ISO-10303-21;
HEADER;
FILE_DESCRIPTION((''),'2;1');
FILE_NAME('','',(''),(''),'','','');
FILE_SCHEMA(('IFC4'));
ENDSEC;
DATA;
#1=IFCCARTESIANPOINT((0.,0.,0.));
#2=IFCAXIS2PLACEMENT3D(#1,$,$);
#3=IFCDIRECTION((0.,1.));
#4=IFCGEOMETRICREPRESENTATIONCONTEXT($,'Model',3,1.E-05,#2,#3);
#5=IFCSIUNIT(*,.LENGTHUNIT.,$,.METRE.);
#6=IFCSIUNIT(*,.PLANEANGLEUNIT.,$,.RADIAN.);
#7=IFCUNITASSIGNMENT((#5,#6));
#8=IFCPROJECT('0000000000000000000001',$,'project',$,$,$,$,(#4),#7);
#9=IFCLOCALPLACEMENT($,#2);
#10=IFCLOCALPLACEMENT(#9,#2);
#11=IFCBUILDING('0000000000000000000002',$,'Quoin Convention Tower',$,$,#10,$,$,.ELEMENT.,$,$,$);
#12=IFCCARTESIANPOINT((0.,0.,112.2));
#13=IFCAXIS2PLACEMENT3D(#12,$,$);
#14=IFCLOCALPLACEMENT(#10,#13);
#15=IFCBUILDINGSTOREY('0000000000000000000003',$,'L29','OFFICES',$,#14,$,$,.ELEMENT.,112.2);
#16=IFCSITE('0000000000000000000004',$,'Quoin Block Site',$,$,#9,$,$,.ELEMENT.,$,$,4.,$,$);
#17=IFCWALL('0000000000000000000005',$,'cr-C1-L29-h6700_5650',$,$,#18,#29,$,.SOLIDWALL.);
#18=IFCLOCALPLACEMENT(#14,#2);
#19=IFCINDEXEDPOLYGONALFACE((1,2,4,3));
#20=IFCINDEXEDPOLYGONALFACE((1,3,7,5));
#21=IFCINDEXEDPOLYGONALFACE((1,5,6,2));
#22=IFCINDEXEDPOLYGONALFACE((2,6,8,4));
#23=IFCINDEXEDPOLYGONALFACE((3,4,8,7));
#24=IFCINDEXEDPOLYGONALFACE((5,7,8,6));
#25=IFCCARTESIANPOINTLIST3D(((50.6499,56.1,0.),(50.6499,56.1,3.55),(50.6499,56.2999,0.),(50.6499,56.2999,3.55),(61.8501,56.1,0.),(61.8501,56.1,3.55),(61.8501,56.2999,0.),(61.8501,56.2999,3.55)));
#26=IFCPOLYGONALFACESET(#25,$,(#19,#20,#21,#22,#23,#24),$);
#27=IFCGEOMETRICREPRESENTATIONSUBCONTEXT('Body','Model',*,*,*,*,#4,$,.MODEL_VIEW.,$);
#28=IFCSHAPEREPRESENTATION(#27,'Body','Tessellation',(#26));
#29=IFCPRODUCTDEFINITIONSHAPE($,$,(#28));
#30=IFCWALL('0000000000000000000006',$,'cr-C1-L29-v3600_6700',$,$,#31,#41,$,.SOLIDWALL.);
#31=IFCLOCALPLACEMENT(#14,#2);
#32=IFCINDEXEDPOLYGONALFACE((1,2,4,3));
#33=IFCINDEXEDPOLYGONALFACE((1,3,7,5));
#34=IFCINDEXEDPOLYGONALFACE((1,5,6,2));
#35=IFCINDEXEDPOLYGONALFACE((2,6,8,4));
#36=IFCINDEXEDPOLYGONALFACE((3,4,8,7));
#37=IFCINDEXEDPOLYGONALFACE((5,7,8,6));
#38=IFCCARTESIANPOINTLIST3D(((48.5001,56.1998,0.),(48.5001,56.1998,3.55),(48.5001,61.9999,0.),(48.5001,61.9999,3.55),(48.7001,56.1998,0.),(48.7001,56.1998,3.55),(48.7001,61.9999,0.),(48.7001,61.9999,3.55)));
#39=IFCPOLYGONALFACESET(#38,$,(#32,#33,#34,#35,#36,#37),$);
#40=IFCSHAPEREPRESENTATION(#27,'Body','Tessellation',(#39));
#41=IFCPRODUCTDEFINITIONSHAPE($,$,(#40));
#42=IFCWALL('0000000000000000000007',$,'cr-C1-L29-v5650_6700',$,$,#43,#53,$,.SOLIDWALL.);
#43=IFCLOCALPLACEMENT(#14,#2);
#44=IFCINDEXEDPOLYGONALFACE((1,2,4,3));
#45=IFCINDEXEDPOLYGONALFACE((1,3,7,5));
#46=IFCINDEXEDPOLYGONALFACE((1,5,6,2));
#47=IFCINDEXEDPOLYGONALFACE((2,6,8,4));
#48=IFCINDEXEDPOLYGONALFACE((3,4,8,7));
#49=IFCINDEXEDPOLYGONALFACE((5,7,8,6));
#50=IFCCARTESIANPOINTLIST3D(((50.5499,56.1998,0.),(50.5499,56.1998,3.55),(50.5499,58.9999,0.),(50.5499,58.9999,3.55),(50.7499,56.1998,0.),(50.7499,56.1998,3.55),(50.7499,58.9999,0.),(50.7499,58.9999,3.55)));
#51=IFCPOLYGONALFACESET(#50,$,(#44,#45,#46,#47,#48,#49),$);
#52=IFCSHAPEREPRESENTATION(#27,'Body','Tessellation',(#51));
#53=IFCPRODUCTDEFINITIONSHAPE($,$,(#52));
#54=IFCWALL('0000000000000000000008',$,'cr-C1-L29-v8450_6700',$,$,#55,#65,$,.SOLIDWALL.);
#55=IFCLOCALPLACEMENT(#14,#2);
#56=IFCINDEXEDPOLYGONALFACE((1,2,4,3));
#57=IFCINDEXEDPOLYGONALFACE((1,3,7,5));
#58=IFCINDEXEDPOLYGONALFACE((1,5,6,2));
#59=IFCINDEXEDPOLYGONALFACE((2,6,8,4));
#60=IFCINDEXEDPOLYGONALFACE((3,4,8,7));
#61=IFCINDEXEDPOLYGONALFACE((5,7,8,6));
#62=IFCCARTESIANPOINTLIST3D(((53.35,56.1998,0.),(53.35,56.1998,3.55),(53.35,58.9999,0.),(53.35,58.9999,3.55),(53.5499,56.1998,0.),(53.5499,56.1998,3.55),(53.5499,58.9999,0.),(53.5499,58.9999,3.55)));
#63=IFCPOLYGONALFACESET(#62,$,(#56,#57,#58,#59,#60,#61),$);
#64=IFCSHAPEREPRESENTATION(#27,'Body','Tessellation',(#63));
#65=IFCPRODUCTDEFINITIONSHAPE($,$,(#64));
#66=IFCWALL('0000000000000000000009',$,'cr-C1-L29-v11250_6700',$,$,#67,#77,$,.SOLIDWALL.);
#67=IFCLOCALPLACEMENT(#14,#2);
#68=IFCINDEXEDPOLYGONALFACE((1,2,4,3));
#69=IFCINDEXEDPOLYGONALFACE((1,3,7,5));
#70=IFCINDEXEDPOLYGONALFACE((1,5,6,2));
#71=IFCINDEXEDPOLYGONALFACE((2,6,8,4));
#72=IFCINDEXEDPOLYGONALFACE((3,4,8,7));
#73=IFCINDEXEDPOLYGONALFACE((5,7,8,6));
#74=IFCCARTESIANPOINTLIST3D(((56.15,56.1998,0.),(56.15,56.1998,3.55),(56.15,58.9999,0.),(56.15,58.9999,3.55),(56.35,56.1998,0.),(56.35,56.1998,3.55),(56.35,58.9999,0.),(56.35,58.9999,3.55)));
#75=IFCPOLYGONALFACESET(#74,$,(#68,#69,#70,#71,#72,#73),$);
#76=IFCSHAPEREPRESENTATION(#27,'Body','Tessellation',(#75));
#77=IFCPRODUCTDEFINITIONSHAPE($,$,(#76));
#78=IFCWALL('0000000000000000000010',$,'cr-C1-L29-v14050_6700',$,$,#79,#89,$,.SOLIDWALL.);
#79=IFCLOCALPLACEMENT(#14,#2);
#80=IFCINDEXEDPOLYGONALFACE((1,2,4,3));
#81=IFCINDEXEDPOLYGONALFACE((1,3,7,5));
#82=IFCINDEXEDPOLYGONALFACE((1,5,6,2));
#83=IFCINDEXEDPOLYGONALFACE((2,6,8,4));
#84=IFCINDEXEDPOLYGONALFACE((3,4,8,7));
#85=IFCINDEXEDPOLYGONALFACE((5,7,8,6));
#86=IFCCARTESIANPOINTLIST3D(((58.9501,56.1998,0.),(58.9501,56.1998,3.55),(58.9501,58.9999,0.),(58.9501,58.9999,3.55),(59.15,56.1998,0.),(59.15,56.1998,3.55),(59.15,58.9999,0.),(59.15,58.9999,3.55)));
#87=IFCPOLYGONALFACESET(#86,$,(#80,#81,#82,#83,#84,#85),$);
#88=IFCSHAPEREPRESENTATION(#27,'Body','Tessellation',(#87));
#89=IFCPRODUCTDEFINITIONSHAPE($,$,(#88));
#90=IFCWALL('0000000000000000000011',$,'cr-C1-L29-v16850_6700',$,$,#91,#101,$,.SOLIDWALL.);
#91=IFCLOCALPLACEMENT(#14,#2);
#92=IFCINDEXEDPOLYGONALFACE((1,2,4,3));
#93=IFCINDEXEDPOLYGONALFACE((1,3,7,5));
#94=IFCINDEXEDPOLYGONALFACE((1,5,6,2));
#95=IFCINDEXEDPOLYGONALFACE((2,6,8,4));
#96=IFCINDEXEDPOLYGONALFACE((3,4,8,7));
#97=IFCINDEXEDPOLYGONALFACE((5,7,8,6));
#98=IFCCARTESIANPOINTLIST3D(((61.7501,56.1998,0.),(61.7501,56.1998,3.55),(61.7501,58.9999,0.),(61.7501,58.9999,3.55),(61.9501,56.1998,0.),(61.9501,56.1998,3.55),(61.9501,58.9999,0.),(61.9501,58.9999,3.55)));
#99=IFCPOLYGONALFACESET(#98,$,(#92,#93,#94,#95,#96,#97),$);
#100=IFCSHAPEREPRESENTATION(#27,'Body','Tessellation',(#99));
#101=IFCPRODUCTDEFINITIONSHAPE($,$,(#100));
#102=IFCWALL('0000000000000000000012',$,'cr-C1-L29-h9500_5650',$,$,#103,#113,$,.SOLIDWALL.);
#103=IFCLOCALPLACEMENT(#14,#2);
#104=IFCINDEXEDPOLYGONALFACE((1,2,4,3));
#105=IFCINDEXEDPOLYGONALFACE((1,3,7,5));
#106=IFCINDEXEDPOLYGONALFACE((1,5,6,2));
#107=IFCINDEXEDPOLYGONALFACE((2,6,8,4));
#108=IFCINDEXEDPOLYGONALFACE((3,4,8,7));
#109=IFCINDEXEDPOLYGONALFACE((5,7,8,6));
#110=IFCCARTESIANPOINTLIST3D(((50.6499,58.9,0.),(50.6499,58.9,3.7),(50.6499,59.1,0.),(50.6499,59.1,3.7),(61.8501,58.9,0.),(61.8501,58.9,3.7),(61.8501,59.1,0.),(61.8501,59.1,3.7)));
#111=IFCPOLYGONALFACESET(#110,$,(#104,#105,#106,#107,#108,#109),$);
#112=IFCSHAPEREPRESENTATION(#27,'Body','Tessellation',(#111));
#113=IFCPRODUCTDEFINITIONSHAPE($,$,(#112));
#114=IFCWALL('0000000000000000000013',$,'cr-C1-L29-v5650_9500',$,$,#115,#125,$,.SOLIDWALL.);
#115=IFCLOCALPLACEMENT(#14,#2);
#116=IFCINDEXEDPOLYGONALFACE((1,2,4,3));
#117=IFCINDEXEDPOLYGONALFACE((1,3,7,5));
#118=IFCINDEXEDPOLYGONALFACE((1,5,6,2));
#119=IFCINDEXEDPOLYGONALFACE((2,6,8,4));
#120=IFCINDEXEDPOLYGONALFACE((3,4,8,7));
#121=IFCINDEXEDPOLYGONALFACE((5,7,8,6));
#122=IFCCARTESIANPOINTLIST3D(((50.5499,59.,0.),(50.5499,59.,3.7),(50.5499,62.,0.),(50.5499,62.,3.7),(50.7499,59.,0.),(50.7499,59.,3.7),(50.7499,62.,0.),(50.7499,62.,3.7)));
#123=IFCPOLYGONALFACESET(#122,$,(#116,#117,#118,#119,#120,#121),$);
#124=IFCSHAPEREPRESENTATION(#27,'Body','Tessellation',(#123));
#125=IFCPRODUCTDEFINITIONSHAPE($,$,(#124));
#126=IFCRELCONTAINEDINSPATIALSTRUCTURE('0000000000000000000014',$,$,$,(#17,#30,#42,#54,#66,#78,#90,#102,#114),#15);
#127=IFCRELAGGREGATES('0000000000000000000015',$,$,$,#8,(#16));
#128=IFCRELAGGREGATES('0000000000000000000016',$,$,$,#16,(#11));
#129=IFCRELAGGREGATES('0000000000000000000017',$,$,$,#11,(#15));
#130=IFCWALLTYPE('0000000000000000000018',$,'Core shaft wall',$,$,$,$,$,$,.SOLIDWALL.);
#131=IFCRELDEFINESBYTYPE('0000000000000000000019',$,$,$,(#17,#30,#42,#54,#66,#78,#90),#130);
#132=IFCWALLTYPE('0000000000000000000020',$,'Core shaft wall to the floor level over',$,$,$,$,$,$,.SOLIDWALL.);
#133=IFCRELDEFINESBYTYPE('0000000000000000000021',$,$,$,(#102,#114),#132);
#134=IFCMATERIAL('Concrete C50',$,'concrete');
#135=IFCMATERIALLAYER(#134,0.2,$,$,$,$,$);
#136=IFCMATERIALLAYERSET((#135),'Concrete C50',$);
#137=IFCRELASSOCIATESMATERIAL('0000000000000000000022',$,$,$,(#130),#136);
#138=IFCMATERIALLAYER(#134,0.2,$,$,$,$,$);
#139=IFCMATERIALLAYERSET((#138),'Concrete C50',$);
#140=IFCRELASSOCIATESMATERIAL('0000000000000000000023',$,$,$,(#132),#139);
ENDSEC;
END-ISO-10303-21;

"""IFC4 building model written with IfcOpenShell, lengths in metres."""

from ifc_helpers import new_model, si_unit, direction, frame, frame_2d, origin, place, context, subcontext, project, spatial, rectangle, extrude, material, layer, layer_set, type_object, element, save


model = new_model("IFC4")

# Units and contexts
model_context = context("Model", 3, precision=1e-05, world=origin(), true_north=direction((0.0, 1.0)))
body_context = subcontext(model_context, "Body", "Model", "MODEL_VIEW")
ifc_project = project(units=[si_unit("LENGTHUNIT", "METRE"), si_unit("PLANEANGLEUNIT", "RADIAN")], contexts=[model_context])

# Site, building, storey
site_placement = place(None, origin())
site = spatial("IfcSite", under=ifc_project, at=site_placement, Name="Quoin Block Site", CompositionType="ELEMENT", RefElevation=4.0)
building_placement = place(site_placement, origin())
building = spatial("IfcBuilding", under=site, at=building_placement, Name="Quoin Convention Tower", CompositionType="ELEMENT")
storey_placement = place(building_placement, frame((0.0, 0.0, 112.2)))
storey = spatial("IfcBuildingStorey", under=building, at=storey_placement, Name="L29", Description="OFFICES", CompositionType="ELEMENT", Elevation=112.2)

# Shared definitions
ifc_material_1 = material(Name="Concrete C50", Category="concrete")
ifc_layer_1 = layer(ifc_material_1, 0.2)
ifc_layer_set_1 = layer_set([ifc_layer_1], Name="Concrete C50")
wall_type_1 = type_object("IfcWallType", Name="Core shaft wall", PredefinedType="SOLIDWALL", material=ifc_layer_set_1)

# Walls
wall_1_placement = place(storey_placement, frame((50.6499, 56.2, 0.0), z_axis=(0.0, 0.0, 1.0), x_axis=(1.0, 0.0, 0.0)))
element("IfcWall", 1, at=wall_1_placement, inside=storey, type_object=wall_type_1, Name="cr-C1-L29-h6700_5650", PredefinedType="SOLIDWALL", context=body_context, shape_type="SweptSolid", body=[
    extrude(rectangle(XDim=11.2002, YDim=0.2, at=frame_2d((5.6001, 0.0))), origin(), (0.0, 0.0, 1.0), 3.55),
])
wall_2_placement = place(storey_placement, frame((48.6001, 56.2, 0.0), z_axis=(0.0, 0.0, 1.0), x_axis=(0.0, 1.0, 0.0)))
element("IfcWall", 2, at=wall_2_placement, inside=storey, type_object=wall_type_1, Name="cr-C1-L29-v3600_6700", PredefinedType="SOLIDWALL", context=body_context, shape_type="SweptSolid", body=[
    extrude(rectangle(XDim=5.8, YDim=0.2, at=frame_2d((2.8999, 0.0))), origin(), (0.0, 0.0, 1.0), 3.55),
])
for number, where, z_axis, x_axis, name in (
    (3, (50.6499, 56.2, 0.0), (0.0, 0.0, 1.0), (0.0, 1.0, 0.0), "cr-C1-L29-v5650_6700"),
    (4, (53.45, 56.2, 0.0), (0.0, 0.0, 1.0), (0.0, 1.0, 0.0), "cr-C1-L29-v8450_6700"),
    (5, (56.25, 56.2, 0.0), (0.0, 0.0, 1.0), (0.0, 1.0, 0.0), "cr-C1-L29-v11250_6700"),
    (6, (59.05, 56.2, 0.0), (0.0, 0.0, 1.0), (0.0, 1.0, 0.0), "cr-C1-L29-v14050_6700"),
    (7, (61.8501, 56.2, 0.0), (0.0, 0.0, 1.0), (0.0, 1.0, 0.0), "cr-C1-L29-v16850_6700"),
):
    element("IfcWall", number, at=place(storey_placement, frame(where, z_axis=z_axis, x_axis=x_axis)), inside=storey, type_object=wall_type_1, Name=name, PredefinedType="SOLIDWALL", context=body_context, shape_type="SweptSolid", body=[
        extrude(rectangle(XDim=2.8, YDim=0.2, at=frame_2d((1.3999, 0.0))), origin(), (0.0, 0.0, 1.0), 3.55),
    ])
ifc_layer_2 = layer(ifc_material_1, 0.2)
ifc_layer_set_2 = layer_set([ifc_layer_2], Name="Concrete C50")
wall_type_2 = type_object("IfcWallType", Name="Core shaft wall to the floor level over", PredefinedType="SOLIDWALL", material=ifc_layer_set_2)
wall_3_placement = place(storey_placement, frame((50.6499, 59.0, 0.0), z_axis=(0.0, 0.0, 1.0), x_axis=(1.0, 0.0, 0.0)))
element("IfcWall", 8, at=wall_3_placement, inside=storey, type_object=wall_type_2, Name="cr-C1-L29-h9500_5650", PredefinedType="SOLIDWALL", context=body_context, shape_type="SweptSolid", body=[
    extrude(rectangle(XDim=11.2002, YDim=0.2, at=frame_2d((5.6001, 0.0))), origin(), (0.0, 0.0, 1.0), 3.7),
])
wall_4_placement = place(storey_placement, frame((50.6499, 59.0, 0.0), z_axis=(0.0, 0.0, 1.0), x_axis=(0.0, 1.0, 0.0)))
element("IfcWall", 9, at=wall_4_placement, inside=storey, type_object=wall_type_2, Name="cr-C1-L29-v5650_9500", PredefinedType="SOLIDWALL", context=body_context, shape_type="SweptSolid", body=[
    extrude(rectangle(XDim=3.0, YDim=0.2, at=frame_2d((1.5, 0.0))), origin(), (0.0, 0.0, 1.0), 3.7),
])

save(model, "model.ifc")
